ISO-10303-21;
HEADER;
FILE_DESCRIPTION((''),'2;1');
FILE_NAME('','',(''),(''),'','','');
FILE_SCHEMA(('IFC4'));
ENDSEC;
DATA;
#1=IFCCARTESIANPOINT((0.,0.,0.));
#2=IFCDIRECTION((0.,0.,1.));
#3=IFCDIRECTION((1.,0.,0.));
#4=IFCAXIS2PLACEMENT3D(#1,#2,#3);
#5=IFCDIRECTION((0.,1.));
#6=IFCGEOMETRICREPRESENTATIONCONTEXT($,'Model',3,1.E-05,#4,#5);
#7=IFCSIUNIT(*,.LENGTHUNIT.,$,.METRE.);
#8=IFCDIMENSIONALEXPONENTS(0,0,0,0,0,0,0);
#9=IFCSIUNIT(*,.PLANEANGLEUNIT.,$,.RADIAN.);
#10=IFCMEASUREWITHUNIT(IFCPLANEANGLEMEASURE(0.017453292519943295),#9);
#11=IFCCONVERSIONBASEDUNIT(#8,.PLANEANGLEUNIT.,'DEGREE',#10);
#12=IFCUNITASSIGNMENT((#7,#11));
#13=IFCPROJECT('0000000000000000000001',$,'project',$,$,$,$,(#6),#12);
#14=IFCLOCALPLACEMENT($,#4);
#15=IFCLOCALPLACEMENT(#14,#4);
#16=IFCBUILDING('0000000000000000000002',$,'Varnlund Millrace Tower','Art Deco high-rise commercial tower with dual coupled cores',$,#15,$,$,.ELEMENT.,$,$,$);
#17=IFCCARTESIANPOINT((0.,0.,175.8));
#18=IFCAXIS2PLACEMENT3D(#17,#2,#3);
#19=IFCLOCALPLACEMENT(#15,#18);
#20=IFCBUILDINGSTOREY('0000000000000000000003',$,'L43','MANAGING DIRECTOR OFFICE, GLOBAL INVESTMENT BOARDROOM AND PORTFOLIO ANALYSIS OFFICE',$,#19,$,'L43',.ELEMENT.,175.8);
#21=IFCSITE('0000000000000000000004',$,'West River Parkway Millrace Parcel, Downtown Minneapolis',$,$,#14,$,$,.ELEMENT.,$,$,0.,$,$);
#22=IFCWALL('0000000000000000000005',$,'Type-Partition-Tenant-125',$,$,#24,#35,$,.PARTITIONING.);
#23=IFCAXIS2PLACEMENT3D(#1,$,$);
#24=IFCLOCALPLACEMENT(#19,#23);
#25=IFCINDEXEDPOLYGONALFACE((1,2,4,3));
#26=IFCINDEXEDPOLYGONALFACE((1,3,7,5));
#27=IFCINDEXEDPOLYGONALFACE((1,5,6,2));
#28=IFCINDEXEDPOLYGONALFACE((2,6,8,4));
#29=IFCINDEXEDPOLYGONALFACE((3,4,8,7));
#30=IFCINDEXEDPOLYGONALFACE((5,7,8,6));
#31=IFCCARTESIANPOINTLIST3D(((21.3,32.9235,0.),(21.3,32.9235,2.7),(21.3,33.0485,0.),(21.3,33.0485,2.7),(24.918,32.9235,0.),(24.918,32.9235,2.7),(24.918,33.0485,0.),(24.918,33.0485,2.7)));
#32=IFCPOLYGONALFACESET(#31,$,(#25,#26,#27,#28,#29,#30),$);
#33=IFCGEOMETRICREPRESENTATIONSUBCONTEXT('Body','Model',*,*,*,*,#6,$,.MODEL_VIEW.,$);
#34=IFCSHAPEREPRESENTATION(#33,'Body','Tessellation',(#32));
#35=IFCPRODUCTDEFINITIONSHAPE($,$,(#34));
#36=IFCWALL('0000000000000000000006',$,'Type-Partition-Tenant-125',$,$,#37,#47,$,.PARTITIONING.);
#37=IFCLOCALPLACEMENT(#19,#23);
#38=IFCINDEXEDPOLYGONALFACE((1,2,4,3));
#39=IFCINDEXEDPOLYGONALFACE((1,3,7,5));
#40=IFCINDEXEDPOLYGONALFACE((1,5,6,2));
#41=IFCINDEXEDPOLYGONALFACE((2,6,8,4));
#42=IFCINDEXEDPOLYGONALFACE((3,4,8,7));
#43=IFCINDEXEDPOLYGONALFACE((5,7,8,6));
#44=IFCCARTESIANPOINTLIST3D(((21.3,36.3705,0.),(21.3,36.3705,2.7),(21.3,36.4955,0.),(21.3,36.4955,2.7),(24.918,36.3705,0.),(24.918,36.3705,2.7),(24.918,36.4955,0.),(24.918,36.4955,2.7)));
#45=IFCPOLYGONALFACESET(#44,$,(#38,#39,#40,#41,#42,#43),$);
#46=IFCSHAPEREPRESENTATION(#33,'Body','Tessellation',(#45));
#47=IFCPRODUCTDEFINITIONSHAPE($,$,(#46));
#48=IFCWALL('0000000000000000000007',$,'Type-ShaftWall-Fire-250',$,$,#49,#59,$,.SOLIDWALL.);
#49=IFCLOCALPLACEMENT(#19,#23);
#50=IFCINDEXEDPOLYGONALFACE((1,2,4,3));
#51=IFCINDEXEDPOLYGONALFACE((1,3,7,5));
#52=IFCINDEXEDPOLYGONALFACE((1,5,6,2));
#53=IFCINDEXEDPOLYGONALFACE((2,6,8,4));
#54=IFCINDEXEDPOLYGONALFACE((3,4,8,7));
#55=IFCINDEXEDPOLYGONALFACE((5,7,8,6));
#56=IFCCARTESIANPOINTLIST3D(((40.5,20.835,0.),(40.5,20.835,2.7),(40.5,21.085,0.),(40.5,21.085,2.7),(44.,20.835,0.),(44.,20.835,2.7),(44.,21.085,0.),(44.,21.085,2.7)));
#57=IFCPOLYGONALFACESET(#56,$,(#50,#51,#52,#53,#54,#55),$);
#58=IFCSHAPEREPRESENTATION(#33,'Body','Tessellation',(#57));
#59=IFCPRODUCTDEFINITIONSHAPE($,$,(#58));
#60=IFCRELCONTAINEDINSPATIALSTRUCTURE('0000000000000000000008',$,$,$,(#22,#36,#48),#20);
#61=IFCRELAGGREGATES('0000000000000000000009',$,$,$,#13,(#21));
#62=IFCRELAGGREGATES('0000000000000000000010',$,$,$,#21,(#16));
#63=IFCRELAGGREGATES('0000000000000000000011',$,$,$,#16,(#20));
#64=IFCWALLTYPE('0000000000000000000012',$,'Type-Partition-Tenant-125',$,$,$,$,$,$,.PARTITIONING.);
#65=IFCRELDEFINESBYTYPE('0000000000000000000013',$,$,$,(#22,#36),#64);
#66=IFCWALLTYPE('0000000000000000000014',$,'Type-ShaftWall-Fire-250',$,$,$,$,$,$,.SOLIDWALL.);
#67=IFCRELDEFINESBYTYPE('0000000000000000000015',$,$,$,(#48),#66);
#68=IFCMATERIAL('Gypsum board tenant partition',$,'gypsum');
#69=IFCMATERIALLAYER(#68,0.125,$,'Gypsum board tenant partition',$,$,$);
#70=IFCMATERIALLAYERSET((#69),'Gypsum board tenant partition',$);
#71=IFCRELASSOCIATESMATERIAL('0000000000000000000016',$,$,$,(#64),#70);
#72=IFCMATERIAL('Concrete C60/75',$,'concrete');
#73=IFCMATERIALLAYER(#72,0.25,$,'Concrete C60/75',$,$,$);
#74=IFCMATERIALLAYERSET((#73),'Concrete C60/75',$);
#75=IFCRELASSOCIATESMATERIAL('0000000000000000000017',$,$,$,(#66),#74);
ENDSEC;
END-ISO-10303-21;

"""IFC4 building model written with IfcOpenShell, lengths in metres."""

from ifc_helpers import new_model, entity, si_unit, converted_unit, direction, frame, origin_with_axes, place, context, subcontext, project, spatial, polyline, outline, extrude, material, layer, layer_set, type_object, element, save


model = new_model("IFC4")

# Units and contexts
model_context = context("Model", 3, precision=1e-05, world=origin_with_axes(), true_north=direction((0.0, 1.0)))
body_context = subcontext(model_context, "Body", "Model", "MODEL_VIEW")
ifc_project = project(units=[si_unit("LENGTHUNIT", "METRE"), converted_unit("PLANEANGLEUNIT", "DEGREE", entity("IfcPlaneAngleMeasure", 0.017453292519943295), si_unit("PLANEANGLEUNIT", "RADIAN"), dimensions=[0, 0, 0, 0, 0, 0, 0])], contexts=[model_context])

# Site, building, storey
site_placement = place(None, origin_with_axes())
site = spatial("IfcSite", under=ifc_project, at=site_placement, Name="West River Parkway Millrace Parcel, Downtown Minneapolis", CompositionType="ELEMENT", RefElevation=0.0)
building_placement = place(site_placement, origin_with_axes())
building = spatial("IfcBuilding", under=site, at=building_placement, Name="Varnlund Millrace Tower", Description="Art Deco high-rise commercial tower with dual coupled cores", CompositionType="ELEMENT")
storey_placement = place(building_placement, frame((0.0, 0.0, 175.8), z_axis=(0.0, 0.0, 1.0), x_axis=(1.0, 0.0, 0.0)))
storey = spatial("IfcBuildingStorey", under=building, at=storey_placement, Name="L43", Description="MANAGING DIRECTOR OFFICE, GLOBAL INVESTMENT BOARDROOM AND PORTFOLIO ANALYSIS OFFICE", LongName="L43", CompositionType="ELEMENT", Elevation=175.8)

# Walls
ifc_material_1 = material(Name="Gypsum board tenant partition", Category="gypsum")
ifc_layer_1 = layer(ifc_material_1, 0.125, Name="Gypsum board tenant partition")
ifc_layer_set_1 = layer_set([ifc_layer_1], Name="Gypsum board tenant partition")
wall_type_1 = type_object("IfcWallType", Name="Type-Partition-Tenant-125", PredefinedType="PARTITIONING", material=ifc_layer_set_1)
for number, where, z_axis, x_axis, name in (
    (1, (21.3, 32.986, 0.0), (0.0, 0.0, 1.0), (1.0, 0.0, 0.0), "Type-Partition-Tenant-125"),
    (2, (21.3, 36.433, 0.0), (0.0, 0.0, 1.0), (1.0, 0.0, 0.0), "Type-Partition-Tenant-125"),
):
    element("IfcWall", number, at=place(storey_placement, frame(where, z_axis=z_axis, x_axis=x_axis)), inside=storey, type_object=wall_type_1, Name=name, PredefinedType="PARTITIONING", context=body_context, shape_type="SweptSolid", body=[
        extrude(outline(polyline([(0.0, -0.0625), (3.618, -0.0625), (3.618, 0.0625), (0.0, 0.0625), (0.0, -0.0625)])), origin_with_axes(), (0.0, 0.0, 1.0), 2.7),
    ])
ifc_material_2 = material(Name="Concrete C60/75", Category="concrete")
ifc_layer_2 = layer(ifc_material_2, 0.25, Name="Concrete C60/75")
ifc_layer_set_2 = layer_set([ifc_layer_2], Name="Concrete C60/75")
wall_type_2 = type_object("IfcWallType", Name="Type-ShaftWall-Fire-250", PredefinedType="SOLIDWALL", material=ifc_layer_set_2)
wall_1_placement = place(storey_placement, frame((40.5, 20.96, 0.0), z_axis=(0.0, 0.0, 1.0), x_axis=(1.0, 0.0, 0.0)))
element("IfcWall", 3, at=wall_1_placement, inside=storey, type_object=wall_type_2, Name="Type-ShaftWall-Fire-250", PredefinedType="SOLIDWALL", context=body_context, shape_type="SweptSolid", body=[
    extrude(outline(polyline([(0.0, -0.125), (3.5, -0.125), (3.5, 0.125), (0.0, 0.125), (0.0, -0.125)])), origin_with_axes(), (0.0, 0.0, 1.0), 2.7),
])

save(model, "model.ifc")
